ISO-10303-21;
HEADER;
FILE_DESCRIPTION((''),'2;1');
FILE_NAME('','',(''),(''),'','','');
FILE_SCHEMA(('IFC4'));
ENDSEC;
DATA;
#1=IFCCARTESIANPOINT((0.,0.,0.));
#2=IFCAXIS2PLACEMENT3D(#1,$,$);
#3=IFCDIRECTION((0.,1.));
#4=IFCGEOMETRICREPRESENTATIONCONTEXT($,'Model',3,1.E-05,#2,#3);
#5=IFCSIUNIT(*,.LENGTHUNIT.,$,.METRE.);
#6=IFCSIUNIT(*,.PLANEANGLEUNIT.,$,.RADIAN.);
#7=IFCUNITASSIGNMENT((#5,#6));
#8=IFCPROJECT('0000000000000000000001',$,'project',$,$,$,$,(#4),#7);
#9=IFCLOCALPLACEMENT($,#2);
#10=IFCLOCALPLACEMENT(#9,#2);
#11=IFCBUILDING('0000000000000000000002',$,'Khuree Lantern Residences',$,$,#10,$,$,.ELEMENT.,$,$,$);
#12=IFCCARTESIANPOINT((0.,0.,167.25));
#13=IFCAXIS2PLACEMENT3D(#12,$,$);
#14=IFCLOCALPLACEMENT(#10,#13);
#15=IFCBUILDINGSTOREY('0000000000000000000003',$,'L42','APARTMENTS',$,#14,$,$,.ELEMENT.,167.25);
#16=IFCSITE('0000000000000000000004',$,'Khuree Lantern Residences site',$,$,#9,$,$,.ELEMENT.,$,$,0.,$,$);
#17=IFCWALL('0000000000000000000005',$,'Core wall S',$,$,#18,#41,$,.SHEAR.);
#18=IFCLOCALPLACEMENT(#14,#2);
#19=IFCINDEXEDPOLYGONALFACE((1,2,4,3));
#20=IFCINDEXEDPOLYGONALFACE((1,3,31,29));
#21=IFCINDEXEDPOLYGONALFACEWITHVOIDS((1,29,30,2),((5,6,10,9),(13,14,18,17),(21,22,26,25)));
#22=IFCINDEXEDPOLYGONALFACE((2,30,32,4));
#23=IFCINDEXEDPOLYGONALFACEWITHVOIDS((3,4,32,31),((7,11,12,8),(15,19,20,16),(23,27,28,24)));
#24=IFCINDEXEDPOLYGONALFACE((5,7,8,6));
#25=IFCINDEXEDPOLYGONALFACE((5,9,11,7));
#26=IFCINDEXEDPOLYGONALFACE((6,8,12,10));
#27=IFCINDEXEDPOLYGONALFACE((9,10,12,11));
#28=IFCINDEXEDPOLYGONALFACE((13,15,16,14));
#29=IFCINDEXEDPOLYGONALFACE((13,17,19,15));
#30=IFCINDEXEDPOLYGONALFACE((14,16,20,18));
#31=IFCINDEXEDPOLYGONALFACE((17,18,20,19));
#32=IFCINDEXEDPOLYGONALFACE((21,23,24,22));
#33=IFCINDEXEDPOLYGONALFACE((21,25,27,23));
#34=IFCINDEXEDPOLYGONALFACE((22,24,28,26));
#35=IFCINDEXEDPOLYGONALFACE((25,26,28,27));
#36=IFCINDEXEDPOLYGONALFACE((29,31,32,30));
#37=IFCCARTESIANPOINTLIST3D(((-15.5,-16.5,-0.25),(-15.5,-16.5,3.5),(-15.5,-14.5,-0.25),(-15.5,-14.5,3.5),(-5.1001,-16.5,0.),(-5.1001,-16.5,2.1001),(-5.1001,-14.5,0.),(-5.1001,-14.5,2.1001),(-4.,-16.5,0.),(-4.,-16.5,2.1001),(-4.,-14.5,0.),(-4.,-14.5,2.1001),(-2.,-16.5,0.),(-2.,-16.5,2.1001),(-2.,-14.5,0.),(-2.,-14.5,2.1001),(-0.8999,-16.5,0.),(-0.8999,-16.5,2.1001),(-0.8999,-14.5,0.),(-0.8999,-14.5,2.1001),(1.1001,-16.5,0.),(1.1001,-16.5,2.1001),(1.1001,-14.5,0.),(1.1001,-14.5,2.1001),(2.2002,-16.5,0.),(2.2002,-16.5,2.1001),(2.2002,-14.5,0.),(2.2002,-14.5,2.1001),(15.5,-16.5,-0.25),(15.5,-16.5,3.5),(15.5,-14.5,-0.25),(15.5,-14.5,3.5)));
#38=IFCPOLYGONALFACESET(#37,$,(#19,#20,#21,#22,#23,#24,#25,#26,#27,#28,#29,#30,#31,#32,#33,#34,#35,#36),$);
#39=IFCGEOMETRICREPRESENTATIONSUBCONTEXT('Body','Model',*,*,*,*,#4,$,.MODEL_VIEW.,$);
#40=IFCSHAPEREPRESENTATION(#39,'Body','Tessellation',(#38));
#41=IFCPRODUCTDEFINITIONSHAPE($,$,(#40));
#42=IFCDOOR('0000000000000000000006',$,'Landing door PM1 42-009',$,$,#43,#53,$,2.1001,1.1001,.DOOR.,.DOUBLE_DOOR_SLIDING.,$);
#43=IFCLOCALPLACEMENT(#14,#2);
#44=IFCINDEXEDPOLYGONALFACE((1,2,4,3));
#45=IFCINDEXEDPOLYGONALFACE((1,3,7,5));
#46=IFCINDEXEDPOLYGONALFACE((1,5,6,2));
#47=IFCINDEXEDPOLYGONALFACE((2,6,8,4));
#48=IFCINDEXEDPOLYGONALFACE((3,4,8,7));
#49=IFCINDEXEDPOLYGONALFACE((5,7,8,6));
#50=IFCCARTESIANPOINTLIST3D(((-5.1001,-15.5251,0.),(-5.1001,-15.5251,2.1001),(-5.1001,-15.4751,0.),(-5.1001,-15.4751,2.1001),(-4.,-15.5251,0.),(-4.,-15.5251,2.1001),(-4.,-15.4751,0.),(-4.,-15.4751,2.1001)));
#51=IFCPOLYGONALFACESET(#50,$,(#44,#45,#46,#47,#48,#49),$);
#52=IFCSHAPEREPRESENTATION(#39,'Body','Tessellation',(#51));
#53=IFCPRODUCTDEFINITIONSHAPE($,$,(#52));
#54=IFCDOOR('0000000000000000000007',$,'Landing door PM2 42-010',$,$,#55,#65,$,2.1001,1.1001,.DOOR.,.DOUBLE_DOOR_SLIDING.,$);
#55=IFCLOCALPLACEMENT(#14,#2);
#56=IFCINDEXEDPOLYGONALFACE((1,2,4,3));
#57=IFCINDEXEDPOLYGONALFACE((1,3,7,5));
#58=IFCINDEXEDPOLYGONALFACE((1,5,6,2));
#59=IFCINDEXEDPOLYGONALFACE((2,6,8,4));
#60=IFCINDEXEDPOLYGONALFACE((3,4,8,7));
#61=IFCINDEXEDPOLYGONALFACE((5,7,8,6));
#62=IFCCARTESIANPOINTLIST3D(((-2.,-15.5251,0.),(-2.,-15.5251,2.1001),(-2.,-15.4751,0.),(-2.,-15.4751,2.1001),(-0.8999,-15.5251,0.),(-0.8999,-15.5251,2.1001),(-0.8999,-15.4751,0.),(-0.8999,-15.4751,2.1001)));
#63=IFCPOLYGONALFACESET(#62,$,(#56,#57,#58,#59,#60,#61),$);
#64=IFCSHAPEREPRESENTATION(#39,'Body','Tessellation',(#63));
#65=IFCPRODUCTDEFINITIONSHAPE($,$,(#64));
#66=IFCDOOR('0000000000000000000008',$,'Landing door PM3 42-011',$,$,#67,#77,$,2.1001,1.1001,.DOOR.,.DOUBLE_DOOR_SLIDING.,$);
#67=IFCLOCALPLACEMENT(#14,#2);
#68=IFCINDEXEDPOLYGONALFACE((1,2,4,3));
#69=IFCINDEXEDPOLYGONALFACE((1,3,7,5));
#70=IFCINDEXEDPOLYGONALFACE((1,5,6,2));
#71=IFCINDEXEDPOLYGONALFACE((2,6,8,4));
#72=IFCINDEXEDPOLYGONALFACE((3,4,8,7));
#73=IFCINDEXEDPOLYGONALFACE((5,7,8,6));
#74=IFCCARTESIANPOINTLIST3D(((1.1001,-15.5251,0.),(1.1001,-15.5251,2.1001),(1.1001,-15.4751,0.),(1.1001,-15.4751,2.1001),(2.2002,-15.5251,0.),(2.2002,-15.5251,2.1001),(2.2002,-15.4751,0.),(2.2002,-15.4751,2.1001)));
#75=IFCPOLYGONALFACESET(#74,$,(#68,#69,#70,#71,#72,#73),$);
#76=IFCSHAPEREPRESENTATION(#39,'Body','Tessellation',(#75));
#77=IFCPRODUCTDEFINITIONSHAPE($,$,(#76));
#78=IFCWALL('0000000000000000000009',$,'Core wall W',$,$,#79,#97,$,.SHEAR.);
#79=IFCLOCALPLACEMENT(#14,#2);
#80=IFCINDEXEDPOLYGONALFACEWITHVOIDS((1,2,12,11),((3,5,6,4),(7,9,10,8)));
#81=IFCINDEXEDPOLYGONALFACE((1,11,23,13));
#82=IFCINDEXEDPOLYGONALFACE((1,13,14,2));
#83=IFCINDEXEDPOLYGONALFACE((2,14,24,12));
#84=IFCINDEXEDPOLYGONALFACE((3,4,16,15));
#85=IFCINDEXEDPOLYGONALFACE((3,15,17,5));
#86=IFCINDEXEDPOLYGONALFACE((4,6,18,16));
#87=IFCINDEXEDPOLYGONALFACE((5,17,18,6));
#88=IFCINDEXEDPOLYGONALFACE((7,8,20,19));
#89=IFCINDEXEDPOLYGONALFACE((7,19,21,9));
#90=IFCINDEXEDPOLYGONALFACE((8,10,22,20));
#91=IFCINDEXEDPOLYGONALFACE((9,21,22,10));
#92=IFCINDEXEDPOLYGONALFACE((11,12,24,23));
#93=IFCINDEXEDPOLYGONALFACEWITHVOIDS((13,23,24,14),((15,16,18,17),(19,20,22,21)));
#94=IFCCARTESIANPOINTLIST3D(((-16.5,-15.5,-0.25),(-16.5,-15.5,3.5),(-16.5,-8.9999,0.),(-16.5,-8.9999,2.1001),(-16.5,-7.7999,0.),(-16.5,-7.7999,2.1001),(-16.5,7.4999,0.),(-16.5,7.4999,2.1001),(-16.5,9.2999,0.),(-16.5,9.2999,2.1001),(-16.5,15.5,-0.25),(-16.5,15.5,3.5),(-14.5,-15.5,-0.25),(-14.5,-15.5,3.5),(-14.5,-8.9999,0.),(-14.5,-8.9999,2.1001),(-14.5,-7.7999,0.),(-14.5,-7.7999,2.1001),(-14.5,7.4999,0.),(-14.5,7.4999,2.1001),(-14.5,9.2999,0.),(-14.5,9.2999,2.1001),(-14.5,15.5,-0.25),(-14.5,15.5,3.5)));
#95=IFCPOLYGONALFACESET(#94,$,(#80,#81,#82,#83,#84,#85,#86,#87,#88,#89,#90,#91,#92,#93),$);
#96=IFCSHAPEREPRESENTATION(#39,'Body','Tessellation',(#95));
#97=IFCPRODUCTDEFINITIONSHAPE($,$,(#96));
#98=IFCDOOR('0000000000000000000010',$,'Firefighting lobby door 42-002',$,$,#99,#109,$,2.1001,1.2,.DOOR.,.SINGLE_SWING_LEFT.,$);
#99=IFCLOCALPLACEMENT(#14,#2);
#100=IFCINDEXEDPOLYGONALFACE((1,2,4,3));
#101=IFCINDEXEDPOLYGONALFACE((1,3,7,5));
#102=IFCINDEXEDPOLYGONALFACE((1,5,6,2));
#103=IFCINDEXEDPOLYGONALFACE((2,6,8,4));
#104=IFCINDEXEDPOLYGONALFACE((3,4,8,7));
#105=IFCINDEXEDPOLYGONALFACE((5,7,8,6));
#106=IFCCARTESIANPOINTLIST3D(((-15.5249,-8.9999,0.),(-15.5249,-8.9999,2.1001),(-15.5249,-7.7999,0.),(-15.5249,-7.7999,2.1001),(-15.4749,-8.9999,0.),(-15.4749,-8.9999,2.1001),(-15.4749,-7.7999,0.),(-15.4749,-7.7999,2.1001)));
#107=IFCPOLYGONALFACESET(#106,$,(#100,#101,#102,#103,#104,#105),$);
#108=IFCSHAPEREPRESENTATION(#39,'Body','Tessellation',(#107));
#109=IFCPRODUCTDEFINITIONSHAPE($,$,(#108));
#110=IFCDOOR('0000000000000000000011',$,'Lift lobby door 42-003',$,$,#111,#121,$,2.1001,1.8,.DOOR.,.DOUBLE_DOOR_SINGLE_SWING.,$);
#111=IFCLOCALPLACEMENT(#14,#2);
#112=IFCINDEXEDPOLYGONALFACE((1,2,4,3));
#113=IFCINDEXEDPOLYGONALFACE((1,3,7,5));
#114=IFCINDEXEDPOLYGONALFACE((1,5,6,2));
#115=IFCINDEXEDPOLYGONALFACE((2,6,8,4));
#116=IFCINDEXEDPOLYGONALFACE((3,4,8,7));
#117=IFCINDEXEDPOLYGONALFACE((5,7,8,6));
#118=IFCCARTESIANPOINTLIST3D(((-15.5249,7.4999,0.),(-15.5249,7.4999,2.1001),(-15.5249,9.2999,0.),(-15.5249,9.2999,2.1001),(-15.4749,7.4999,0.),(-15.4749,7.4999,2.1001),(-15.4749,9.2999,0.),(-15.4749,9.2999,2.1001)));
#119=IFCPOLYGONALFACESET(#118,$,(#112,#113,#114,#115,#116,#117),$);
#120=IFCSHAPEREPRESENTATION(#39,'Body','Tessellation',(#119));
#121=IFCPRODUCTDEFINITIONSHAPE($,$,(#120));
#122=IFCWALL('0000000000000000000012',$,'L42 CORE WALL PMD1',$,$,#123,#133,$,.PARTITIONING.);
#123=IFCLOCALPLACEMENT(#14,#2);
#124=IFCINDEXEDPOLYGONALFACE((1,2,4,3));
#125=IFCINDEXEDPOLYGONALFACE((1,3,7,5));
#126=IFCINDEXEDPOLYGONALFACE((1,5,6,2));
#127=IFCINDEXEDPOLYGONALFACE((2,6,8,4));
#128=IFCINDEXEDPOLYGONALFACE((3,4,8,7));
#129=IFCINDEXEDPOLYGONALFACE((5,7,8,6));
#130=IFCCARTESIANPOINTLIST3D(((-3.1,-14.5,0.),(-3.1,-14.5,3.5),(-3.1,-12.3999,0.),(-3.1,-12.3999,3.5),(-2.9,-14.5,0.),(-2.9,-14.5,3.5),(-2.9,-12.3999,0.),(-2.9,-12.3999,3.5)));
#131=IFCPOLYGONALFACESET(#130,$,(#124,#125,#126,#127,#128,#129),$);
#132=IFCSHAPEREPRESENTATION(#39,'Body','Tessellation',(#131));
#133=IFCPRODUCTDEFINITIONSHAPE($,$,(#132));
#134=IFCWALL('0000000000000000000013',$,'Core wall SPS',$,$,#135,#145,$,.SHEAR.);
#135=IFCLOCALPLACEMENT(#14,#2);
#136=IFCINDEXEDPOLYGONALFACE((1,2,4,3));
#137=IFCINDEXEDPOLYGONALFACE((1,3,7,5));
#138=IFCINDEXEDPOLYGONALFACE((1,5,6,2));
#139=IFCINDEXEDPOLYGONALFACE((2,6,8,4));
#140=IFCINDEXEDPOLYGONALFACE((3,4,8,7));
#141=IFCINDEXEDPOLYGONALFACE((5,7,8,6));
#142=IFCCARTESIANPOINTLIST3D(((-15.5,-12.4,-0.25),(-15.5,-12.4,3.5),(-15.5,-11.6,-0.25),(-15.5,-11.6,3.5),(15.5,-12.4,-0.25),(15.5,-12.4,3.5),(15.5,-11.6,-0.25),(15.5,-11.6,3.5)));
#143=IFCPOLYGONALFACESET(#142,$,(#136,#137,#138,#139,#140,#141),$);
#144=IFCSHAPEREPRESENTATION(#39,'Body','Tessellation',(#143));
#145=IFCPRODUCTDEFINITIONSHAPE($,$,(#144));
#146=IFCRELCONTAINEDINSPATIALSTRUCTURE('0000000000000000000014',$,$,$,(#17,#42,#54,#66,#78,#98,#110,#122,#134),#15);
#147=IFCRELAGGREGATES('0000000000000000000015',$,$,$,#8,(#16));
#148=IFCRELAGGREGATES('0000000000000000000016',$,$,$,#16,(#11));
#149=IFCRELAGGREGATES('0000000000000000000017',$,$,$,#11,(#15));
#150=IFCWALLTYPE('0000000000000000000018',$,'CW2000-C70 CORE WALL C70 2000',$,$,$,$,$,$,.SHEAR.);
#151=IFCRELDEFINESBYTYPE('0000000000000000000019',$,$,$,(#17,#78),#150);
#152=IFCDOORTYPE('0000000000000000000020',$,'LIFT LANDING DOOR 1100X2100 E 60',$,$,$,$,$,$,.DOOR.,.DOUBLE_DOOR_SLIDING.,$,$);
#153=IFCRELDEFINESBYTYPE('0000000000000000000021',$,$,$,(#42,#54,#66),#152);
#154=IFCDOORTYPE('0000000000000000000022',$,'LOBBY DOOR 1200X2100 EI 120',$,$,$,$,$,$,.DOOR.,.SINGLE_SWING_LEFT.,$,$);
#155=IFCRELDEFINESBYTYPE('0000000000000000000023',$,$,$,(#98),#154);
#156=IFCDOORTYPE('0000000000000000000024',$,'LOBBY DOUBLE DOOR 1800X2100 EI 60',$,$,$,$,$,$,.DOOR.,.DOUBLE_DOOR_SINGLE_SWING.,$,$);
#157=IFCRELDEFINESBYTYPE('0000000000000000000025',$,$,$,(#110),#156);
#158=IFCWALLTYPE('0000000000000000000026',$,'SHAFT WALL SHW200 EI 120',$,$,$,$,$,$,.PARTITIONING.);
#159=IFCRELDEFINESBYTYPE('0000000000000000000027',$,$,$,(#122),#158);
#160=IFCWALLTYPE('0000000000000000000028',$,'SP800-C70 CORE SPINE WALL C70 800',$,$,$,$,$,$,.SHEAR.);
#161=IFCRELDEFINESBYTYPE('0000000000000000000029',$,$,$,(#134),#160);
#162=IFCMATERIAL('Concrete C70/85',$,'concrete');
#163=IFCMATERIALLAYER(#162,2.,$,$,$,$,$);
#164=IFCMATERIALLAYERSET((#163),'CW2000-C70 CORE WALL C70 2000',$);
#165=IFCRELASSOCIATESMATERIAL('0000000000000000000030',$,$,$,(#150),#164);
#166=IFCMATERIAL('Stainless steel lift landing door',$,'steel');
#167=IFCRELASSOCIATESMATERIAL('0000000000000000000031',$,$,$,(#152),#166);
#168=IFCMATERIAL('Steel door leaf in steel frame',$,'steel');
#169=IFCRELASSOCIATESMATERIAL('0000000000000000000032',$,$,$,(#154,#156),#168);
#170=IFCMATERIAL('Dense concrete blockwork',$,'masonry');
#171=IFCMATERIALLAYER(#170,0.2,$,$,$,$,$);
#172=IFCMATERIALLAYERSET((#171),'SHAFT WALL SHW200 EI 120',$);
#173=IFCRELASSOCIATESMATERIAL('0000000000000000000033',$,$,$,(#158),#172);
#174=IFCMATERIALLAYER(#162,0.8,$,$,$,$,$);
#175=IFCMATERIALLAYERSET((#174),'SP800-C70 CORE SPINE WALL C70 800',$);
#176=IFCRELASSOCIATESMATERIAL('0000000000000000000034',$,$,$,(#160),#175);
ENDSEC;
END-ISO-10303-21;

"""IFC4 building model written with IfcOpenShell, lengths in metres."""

from ifc_helpers import new_model, si_unit, direction, frame, frame_2d, origin, place, context, subcontext, project, spatial, rectangle, extrude, material, layer, layer_set, type_object, element, fill, save


model = new_model("IFC4")

# Units and contexts
model_context = context("Model", 3, precision=1e-05, world=origin(), true_north=direction((0.0, 1.0)))
body_context = subcontext(model_context, "Body", "Model", "MODEL_VIEW")
ifc_project = project(units=[si_unit("LENGTHUNIT", "METRE"), si_unit("PLANEANGLEUNIT", "RADIAN")], contexts=[model_context])

# Site, building, storey
site_placement = place(None, origin())
site = spatial("IfcSite", under=ifc_project, at=site_placement, Name="Khuree Lantern Residences site", CompositionType="ELEMENT", RefElevation=0.0)
building_placement = place(site_placement, origin())
building = spatial("IfcBuilding", under=site, at=building_placement, Name="Khuree Lantern Residences", CompositionType="ELEMENT")
storey_placement = place(building_placement, frame((0.0, 0.0, 167.25)))
storey = spatial("IfcBuildingStorey", under=building, at=storey_placement, Name="L42", Description="APARTMENTS", CompositionType="ELEMENT", Elevation=167.25)

# Shared definitions
ifc_material_1 = material(Name="Concrete C70/85", Category="concrete")

# Shared definitions
ifc_material_2 = material(Name="Dense concrete blockwork", Category="masonry")
ifc_material_3 = material(Name="Stainless steel lift landing door", Category="steel")

# Walls, openings, doors
ifc_layer_1 = layer(ifc_material_1, 2.0)
ifc_layer_set_1 = layer_set([ifc_layer_1], Name="CW2000-C70 CORE WALL C70 2000")
wall_type_1 = type_object("IfcWallType", Name="CW2000-C70 CORE WALL C70 2000", PredefinedType="SHEAR", material=ifc_layer_set_1)
wall_1_placement = place(storey_placement, frame((-15.5, -15.5, -0.25), z_axis=(0.0, 0.0, 1.0), x_axis=(1.0, 0.0, 0.0)))
wall_1 = element("IfcWall", 1, at=wall_1_placement, inside=storey, type_object=wall_type_1, Name="Core wall S", PredefinedType="SHEAR", context=body_context, shape_type="SweptSolid", body=[
    extrude(rectangle(XDim=31.0, YDim=2.0, at=frame_2d((15.5, 0.0))), origin(), (0.0, 0.0, 1.0), 3.75),
])
opening_1_placement = place(wall_1_placement, frame((10.3999, 0.0, 0.25)))
opening_1 = element("IfcOpeningElement", 2, at=opening_1_placement, cuts=wall_1, PredefinedType="OPENING", context=body_context, shape_type="SweptSolid", body=[
    extrude(rectangle(XDim=1.1001, YDim=2.1001, at=frame_2d((0.55, 1.05))), frame((0.0, 1.01, 0.0), z_axis=(0.0, -1.0, 0.0), x_axis=(1.0, 0.0, 0.0)), (0.0, 0.0, 1.0), 2.02),
])
opening_2_placement = place(wall_1_placement, frame((13.5, 0.0, 0.25)))
opening_2 = element("IfcOpeningElement", 3, at=opening_2_placement, cuts=wall_1, PredefinedType="OPENING", context=body_context, shape_type="SweptSolid", body=[
    extrude(rectangle(XDim=1.1001, YDim=2.1001, at=frame_2d((0.55, 1.05))), frame((0.0, 1.01, 0.0), z_axis=(0.0, -1.0, 0.0), x_axis=(1.0, 0.0, 0.0)), (0.0, 0.0, 1.0), 2.02),
])
opening_3_placement = place(wall_1_placement, frame((16.6001, 0.0, 0.25)))
opening_3 = element("IfcOpeningElement", 4, at=opening_3_placement, cuts=wall_1, PredefinedType="OPENING", context=body_context, shape_type="SweptSolid", body=[
    extrude(rectangle(XDim=1.1001, YDim=2.1001, at=frame_2d((0.55, 1.05))), frame((0.0, 1.01, 0.0), z_axis=(0.0, -1.0, 0.0), x_axis=(1.0, 0.0, 0.0)), (0.0, 0.0, 1.0), 2.02),
])
door_type_1 = type_object("IfcDoorType", Name="LIFT LANDING DOOR 1100X2100 E 60", OperationType="DOUBLE_DOOR_SLIDING", PredefinedType="DOOR", material=ifc_material_3)
door_1_placement = place(opening_1_placement, origin())
door_1 = element("IfcDoor", 5, at=door_1_placement, inside=storey, type_object=door_type_1, Name="Landing door PM1 42-009", OperationType="DOUBLE_DOOR_SLIDING", OverallHeight=2.1001, OverallWidth=1.1001, PredefinedType="DOOR", context=body_context, shape_type="SweptSolid", body=[
    extrude(rectangle(XDim=1.1001, YDim=2.1001, at=frame_2d((0.55, 1.05))), frame((0.0, 0.0249, 0.0), z_axis=(0.0, -1.0, 0.0), x_axis=(1.0, 0.0, 0.0)), (0.0, 0.0, 1.0), 0.05),
])
fill(opening_1, door_1)
door_2_placement = place(opening_2_placement, origin())
door_2 = element("IfcDoor", 6, at=door_2_placement, inside=storey, type_object=door_type_1, Name="Landing door PM2 42-010", OperationType="DOUBLE_DOOR_SLIDING", OverallHeight=2.1001, OverallWidth=1.1001, PredefinedType="DOOR", context=body_context, shape_type="SweptSolid", body=[
    extrude(rectangle(XDim=1.1001, YDim=2.1001, at=frame_2d((0.55, 1.05))), frame((0.0, 0.0249, 0.0), z_axis=(0.0, -1.0, 0.0), x_axis=(1.0, 0.0, 0.0)), (0.0, 0.0, 1.0), 0.05),
])
fill(opening_2, door_2)
door_3_placement = place(opening_3_placement, origin())
door_3 = element("IfcDoor", 7, at=door_3_placement, inside=storey, type_object=door_type_1, Name="Landing door PM3 42-011", OperationType="DOUBLE_DOOR_SLIDING", OverallHeight=2.1001, OverallWidth=1.1001, PredefinedType="DOOR", context=body_context, shape_type="SweptSolid", body=[
    extrude(rectangle(XDim=1.1001, YDim=2.1001, at=frame_2d((0.55, 1.05))), frame((0.0, 0.0249, 0.0), z_axis=(0.0, -1.0, 0.0), x_axis=(1.0, 0.0, 0.0)), (0.0, 0.0, 1.0), 0.05),
])
fill(opening_3, door_3)
wall_2_placement = place(storey_placement, frame((-15.5, -15.5, -0.25), z_axis=(0.0, 0.0, 1.0), x_axis=(0.0, 1.0, 0.0)))
wall_2 = element("IfcWall", 8, at=wall_2_placement, inside=storey, type_object=wall_type_1, Name="Core wall W", PredefinedType="SHEAR", context=body_context, shape_type="SweptSolid", body=[
    extrude(rectangle(XDim=31.0, YDim=2.0, at=frame_2d((15.5, 0.0))), origin(), (0.0, 0.0, 1.0), 3.75),
])
opening_4_placement = place(wall_2_placement, frame((6.5, 0.0, 0.25)))
opening_4 = element("IfcOpeningElement", 9, at=opening_4_placement, cuts=wall_2, PredefinedType="OPENING", context=body_context, shape_type="SweptSolid", body=[
    extrude(rectangle(XDim=1.2, YDim=2.1001, at=frame_2d((0.6001, 1.05))), frame((0.0, 1.01, 0.0), z_axis=(0.0, -1.0, 0.0), x_axis=(1.0, 0.0, 0.0)), (0.0, 0.0, 1.0), 2.02),
])
opening_5_placement = place(wall_2_placement, frame((23.0, 0.0, 0.25)))
opening_5 = element("IfcOpeningElement", 10, at=opening_5_placement, cuts=wall_2, PredefinedType="OPENING", context=body_context, shape_type="SweptSolid", body=[
    extrude(rectangle(XDim=1.8, YDim=2.1001, at=frame_2d((0.8999, 1.05))), frame((0.0, 1.01, 0.0), z_axis=(0.0, -1.0, 0.0), x_axis=(1.0, 0.0, 0.0)), (0.0, 0.0, 1.0), 2.02),
])
ifc_material_4 = material(Name="Steel door leaf in steel frame", Category="steel")
door_type_2 = type_object("IfcDoorType", Name="LOBBY DOOR 1200X2100 EI 120", OperationType="SINGLE_SWING_LEFT", PredefinedType="DOOR", material=ifc_material_4)
door_4_placement = place(opening_4_placement, origin())
door_4 = element("IfcDoor", 11, at=door_4_placement, inside=storey, type_object=door_type_2, Name="Firefighting lobby door 42-002", OperationType="SINGLE_SWING_LEFT", OverallHeight=2.1001, OverallWidth=1.2, PredefinedType="DOOR", context=body_context, shape_type="SweptSolid", body=[
    extrude(rectangle(XDim=1.2, YDim=2.1001, at=frame_2d((0.6001, 1.05))), frame((0.0, 0.0249, 0.0), z_axis=(0.0, -1.0, 0.0), x_axis=(1.0, 0.0, 0.0)), (0.0, 0.0, 1.0), 0.05),
])
fill(opening_4, door_4)
door_type_3 = type_object("IfcDoorType", Name="LOBBY DOUBLE DOOR 1800X2100 EI 60", OperationType="DOUBLE_DOOR_SINGLE_SWING", PredefinedType="DOOR", material=ifc_material_4)
door_5_placement = place(opening_5_placement, origin())
door_5 = element("IfcDoor", 12, at=door_5_placement, inside=storey, type_object=door_type_3, Name="Lift lobby door 42-003", OperationType="DOUBLE_DOOR_SINGLE_SWING", OverallHeight=2.1001, OverallWidth=1.8, PredefinedType="DOOR", context=body_context, shape_type="SweptSolid", body=[
    extrude(rectangle(XDim=1.8, YDim=2.1001, at=frame_2d((0.8999, 1.05))), frame((0.0, 0.0249, 0.0), z_axis=(0.0, -1.0, 0.0), x_axis=(1.0, 0.0, 0.0)), (0.0, 0.0, 1.0), 0.05),
])
fill(opening_5, door_5)

# Walls
ifc_layer_2 = layer(ifc_material_2, 0.2)
ifc_layer_set_2 = layer_set([ifc_layer_2], Name="SHAFT WALL SHW200 EI 120")
wall_type_2 = type_object("IfcWallType", Name="SHAFT WALL SHW200 EI 120", PredefinedType="PARTITIONING", material=ifc_layer_set_2)
wall_3_placement = place(storey_placement, frame((-3.0, -14.5, 0.0), z_axis=(0.0, 0.0, 1.0), x_axis=(0.0, 1.0, 0.0)))
element("IfcWall", 13, at=wall_3_placement, inside=storey, type_object=wall_type_2, Name="L42 CORE WALL PMD1", PredefinedType="PARTITIONING", context=body_context, shape_type="SweptSolid", body=[
    extrude(rectangle(XDim=2.1001, YDim=0.2, at=frame_2d((1.05, 0.0))), origin(), (0.0, 0.0, 1.0), 3.5),
])
ifc_layer_3 = layer(ifc_material_1, 0.8)
ifc_layer_set_3 = layer_set([ifc_layer_3], Name="SP800-C70 CORE SPINE WALL C70 800")
wall_type_3 = type_object("IfcWallType", Name="SP800-C70 CORE SPINE WALL C70 800", PredefinedType="SHEAR", material=ifc_layer_set_3)
wall_4_placement = place(storey_placement, frame((-15.5, -12.0, -0.25), z_axis=(0.0, 0.0, 1.0), x_axis=(1.0, 0.0, 0.0)))
element("IfcWall", 14, at=wall_4_placement, inside=storey, type_object=wall_type_3, Name="Core wall SPS", PredefinedType="SHEAR", context=body_context, shape_type="SweptSolid", body=[
    extrude(rectangle(XDim=31.0, YDim=0.8, at=frame_2d((15.5, 0.0))), origin(), (0.0, 0.0, 1.0), 3.75),
])

save(model, "model.ifc")
